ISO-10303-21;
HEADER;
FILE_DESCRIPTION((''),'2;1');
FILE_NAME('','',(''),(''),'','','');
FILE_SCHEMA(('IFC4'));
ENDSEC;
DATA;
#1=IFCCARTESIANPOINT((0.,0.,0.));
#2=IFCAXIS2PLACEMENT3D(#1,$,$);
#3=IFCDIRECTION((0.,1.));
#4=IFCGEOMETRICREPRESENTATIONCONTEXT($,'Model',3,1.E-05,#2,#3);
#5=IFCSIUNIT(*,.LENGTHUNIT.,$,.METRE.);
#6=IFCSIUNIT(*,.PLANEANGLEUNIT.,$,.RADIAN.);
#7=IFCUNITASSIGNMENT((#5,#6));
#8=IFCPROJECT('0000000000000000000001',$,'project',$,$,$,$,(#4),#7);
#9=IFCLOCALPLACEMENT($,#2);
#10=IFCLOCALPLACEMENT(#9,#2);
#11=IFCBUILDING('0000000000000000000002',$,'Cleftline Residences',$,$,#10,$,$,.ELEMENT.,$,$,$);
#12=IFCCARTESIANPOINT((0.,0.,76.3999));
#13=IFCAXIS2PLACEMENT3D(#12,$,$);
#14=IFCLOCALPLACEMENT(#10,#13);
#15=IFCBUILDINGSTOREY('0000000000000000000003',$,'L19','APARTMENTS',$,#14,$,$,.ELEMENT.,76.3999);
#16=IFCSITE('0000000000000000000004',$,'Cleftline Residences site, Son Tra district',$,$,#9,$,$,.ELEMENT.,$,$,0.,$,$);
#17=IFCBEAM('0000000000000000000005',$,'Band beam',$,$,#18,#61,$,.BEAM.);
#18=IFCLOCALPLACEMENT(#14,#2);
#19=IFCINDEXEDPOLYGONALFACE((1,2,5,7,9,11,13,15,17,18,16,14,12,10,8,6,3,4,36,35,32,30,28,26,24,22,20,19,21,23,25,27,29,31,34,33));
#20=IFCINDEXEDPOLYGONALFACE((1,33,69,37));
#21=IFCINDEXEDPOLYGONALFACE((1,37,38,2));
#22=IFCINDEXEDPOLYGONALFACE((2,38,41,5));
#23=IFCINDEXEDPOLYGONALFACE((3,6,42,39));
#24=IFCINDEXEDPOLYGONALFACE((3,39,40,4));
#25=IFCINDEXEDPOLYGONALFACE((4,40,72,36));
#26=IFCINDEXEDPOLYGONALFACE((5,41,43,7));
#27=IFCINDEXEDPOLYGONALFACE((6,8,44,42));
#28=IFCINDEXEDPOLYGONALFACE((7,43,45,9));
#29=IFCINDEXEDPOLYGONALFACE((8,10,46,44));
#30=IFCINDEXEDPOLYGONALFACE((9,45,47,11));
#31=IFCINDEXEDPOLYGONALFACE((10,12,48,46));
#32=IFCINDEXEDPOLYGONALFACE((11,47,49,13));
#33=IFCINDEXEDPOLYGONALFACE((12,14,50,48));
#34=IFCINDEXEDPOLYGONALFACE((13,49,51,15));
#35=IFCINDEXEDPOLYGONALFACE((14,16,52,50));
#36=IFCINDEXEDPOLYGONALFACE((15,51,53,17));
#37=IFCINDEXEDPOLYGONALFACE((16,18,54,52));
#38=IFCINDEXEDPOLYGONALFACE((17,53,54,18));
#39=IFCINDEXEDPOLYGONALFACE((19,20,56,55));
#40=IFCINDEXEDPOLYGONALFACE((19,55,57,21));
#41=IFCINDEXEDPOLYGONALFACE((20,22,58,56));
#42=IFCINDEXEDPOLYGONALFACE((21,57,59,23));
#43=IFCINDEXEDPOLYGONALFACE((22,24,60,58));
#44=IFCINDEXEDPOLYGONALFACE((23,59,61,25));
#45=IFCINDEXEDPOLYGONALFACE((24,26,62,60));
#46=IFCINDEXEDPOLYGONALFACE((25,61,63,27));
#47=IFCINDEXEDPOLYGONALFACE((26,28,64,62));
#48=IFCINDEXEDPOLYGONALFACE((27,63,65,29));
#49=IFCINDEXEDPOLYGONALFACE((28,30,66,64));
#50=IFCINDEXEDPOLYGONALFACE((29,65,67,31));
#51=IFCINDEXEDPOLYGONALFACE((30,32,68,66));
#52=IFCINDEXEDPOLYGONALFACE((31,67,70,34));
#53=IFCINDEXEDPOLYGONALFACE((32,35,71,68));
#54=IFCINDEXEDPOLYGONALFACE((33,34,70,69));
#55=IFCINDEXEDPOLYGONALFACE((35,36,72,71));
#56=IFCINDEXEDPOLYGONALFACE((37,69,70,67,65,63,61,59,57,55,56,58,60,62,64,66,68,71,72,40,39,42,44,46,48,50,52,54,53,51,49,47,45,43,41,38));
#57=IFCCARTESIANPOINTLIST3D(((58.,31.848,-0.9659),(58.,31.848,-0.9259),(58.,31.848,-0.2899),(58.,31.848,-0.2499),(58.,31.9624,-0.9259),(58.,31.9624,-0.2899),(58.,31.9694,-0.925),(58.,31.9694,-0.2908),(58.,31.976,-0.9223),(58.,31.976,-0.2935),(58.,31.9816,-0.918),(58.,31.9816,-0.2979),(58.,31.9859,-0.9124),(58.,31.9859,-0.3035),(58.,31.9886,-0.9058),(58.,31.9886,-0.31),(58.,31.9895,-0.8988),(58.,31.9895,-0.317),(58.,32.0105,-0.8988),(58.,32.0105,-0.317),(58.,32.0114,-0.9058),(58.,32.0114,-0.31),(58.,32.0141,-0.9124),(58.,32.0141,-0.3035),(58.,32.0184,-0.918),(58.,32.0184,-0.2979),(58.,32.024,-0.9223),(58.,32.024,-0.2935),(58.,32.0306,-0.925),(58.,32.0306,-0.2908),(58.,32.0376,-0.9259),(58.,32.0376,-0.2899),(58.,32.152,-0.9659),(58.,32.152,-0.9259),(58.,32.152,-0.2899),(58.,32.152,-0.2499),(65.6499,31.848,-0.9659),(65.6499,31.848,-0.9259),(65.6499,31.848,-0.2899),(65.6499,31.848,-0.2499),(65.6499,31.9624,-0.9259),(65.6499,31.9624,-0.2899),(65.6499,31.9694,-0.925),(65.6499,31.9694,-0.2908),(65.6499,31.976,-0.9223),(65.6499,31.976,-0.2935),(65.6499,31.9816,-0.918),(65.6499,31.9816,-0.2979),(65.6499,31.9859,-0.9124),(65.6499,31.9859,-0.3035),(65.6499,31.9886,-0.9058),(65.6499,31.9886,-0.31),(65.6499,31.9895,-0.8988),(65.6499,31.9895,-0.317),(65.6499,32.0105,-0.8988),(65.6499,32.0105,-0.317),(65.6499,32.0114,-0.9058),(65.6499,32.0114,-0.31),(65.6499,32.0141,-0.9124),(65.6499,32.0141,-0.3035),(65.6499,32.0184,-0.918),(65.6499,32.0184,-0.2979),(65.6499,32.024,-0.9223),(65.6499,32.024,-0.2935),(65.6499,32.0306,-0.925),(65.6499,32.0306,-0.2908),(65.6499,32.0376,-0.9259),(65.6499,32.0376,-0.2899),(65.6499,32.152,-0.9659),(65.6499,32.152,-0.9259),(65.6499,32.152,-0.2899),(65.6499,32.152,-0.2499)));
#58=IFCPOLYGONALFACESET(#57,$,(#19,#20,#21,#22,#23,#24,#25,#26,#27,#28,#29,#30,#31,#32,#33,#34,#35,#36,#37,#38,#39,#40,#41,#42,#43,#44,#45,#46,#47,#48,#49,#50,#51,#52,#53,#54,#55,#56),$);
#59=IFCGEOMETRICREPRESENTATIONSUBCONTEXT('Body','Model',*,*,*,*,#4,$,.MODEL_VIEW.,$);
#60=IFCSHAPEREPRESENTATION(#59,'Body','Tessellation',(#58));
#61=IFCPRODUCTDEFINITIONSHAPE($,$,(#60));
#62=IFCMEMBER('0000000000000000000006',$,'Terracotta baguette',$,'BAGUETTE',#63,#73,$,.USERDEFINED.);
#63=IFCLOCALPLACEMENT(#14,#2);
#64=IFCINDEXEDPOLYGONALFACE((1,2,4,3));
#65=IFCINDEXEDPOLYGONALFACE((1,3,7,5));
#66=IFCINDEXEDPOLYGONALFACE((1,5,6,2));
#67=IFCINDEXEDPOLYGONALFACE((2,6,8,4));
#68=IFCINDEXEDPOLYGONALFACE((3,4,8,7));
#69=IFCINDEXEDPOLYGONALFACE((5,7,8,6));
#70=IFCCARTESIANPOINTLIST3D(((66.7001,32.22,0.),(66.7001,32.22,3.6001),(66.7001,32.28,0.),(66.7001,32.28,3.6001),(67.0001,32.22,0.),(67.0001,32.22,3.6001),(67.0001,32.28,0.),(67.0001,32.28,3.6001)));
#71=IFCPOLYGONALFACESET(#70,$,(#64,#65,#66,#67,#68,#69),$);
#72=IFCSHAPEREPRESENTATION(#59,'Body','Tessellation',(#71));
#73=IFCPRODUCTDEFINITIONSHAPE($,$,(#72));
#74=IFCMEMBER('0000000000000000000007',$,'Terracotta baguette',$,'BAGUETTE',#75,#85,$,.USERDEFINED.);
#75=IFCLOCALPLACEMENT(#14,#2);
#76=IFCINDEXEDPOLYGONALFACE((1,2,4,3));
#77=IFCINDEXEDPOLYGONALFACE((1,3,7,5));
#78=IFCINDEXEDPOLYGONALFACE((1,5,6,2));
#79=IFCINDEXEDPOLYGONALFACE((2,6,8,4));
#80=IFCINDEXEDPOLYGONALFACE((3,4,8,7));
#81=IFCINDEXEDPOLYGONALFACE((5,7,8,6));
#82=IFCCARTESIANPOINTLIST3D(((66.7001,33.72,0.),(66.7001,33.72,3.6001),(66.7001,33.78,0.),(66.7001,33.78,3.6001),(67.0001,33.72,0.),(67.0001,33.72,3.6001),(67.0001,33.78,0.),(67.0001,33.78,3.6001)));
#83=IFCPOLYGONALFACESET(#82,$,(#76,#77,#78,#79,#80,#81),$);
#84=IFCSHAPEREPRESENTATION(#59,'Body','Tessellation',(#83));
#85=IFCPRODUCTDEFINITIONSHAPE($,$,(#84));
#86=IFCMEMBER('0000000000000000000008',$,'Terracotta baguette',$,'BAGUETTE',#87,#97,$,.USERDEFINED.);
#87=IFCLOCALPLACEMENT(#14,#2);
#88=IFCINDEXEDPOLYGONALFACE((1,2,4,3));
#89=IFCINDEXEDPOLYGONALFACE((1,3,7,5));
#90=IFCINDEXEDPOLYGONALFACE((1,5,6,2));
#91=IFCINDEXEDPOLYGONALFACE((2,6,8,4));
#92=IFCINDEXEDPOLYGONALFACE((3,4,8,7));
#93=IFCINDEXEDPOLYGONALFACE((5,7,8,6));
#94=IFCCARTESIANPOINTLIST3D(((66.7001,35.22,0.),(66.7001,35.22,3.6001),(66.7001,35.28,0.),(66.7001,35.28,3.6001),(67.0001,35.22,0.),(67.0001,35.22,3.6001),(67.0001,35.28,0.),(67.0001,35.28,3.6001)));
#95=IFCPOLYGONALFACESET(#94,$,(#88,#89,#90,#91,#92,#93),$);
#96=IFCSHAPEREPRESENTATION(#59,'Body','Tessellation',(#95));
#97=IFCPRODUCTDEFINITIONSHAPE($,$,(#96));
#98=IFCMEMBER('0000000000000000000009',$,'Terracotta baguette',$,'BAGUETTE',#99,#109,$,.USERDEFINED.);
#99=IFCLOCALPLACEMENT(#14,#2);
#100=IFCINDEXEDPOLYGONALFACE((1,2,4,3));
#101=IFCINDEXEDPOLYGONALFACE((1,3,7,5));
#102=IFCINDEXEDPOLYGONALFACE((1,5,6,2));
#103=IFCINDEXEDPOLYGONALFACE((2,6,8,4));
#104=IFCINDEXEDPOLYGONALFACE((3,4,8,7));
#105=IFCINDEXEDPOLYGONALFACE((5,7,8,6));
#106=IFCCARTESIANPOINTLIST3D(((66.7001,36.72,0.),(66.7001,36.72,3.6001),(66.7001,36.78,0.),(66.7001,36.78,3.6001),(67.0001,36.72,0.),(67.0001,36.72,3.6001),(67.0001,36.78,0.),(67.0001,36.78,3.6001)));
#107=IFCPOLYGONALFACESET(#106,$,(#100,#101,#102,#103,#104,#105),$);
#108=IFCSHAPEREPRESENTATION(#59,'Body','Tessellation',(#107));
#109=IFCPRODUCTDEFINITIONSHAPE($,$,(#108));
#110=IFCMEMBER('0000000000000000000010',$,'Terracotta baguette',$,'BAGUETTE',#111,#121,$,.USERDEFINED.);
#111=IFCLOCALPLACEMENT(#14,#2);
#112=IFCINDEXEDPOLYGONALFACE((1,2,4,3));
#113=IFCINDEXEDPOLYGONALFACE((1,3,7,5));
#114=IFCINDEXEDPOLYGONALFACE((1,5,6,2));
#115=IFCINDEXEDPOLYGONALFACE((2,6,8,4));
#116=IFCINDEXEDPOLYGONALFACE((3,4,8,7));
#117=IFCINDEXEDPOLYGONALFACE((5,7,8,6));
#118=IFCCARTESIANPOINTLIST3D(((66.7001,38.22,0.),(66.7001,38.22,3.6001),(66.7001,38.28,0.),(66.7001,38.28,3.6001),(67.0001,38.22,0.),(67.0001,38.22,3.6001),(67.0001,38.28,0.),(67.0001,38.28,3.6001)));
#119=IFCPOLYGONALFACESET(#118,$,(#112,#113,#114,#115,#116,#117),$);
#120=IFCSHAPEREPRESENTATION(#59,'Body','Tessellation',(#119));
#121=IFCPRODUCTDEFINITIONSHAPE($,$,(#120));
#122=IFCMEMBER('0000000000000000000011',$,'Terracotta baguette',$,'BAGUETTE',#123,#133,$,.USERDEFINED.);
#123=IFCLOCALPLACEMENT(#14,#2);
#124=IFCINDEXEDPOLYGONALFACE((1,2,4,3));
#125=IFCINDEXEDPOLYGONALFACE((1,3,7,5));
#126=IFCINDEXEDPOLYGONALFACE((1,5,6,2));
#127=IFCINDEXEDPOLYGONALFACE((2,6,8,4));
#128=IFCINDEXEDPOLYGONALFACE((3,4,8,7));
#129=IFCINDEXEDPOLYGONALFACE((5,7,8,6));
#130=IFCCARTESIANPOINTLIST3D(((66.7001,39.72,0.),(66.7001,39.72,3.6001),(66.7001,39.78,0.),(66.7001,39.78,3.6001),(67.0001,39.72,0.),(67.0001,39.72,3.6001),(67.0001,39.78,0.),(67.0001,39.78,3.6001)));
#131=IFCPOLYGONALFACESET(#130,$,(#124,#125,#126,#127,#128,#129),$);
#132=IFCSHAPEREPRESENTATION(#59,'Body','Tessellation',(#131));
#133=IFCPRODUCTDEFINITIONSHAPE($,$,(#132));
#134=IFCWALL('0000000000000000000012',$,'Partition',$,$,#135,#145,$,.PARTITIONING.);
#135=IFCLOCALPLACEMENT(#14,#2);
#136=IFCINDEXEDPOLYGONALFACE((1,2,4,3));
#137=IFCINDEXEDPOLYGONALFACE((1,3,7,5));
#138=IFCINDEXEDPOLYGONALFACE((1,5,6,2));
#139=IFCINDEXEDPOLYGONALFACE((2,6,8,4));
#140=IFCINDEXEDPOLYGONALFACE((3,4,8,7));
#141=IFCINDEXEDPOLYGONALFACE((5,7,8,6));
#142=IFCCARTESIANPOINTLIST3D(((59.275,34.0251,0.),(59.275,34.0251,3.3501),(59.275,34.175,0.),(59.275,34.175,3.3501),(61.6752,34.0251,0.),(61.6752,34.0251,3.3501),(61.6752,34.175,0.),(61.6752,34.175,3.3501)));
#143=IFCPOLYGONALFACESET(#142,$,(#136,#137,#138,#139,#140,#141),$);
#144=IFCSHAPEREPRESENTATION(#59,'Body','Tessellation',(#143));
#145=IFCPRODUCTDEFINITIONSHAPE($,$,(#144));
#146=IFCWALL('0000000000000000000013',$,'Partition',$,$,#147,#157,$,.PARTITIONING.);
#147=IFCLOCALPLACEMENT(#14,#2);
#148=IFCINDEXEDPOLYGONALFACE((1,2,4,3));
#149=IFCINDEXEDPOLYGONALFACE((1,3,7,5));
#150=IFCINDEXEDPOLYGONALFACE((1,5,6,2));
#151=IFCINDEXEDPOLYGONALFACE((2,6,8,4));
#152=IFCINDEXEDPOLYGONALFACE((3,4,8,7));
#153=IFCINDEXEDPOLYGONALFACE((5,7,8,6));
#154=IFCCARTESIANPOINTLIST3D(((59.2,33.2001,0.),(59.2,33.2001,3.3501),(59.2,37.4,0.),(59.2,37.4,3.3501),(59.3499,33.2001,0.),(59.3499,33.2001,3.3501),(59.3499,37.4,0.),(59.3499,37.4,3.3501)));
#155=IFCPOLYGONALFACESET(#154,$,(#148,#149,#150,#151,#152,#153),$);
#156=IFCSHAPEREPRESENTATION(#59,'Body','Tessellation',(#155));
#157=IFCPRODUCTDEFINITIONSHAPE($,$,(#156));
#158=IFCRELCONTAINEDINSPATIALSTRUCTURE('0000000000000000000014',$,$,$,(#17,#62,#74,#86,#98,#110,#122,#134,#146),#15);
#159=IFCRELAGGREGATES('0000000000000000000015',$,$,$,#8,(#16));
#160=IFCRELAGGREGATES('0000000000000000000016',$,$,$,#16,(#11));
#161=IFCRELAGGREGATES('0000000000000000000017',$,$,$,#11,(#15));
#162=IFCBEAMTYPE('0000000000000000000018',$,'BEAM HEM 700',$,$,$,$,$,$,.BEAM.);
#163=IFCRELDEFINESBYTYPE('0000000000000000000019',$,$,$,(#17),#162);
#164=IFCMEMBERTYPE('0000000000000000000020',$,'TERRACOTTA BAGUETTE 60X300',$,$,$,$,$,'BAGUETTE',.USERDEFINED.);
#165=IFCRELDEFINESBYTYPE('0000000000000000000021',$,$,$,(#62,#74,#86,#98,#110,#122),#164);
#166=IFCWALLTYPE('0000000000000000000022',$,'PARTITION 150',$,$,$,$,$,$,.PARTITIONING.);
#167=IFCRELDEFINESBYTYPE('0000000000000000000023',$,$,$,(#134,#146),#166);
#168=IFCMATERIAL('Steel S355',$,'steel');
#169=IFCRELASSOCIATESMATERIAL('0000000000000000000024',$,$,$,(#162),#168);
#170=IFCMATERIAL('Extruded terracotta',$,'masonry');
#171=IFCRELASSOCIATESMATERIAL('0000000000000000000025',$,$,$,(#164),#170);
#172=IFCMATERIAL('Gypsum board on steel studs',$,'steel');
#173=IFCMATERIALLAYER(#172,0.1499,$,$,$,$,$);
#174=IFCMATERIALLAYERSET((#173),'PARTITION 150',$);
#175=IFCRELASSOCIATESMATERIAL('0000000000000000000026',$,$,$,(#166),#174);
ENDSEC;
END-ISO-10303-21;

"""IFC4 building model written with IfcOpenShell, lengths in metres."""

from ifc_helpers import new_model, si_unit, direction, frame, frame_2d, origin, origin_2d, place, context, subcontext, project, spatial, rectangle, i_section, extrude, material, layer, layer_set, material_profile, profile_set, type_object, element, save


model = new_model("IFC4")

# Units and contexts
model_context = context("Model", 3, precision=1e-05, world=origin(), true_north=direction((0.0, 1.0)))
body_context = subcontext(model_context, "Body", "Model", "MODEL_VIEW")
ifc_project = project(units=[si_unit("LENGTHUNIT", "METRE"), si_unit("PLANEANGLEUNIT", "RADIAN")], contexts=[model_context])

# Site, building, storey
site_placement = place(None, origin())
site = spatial("IfcSite", under=ifc_project, at=site_placement, Name="Cleftline Residences site, Son Tra district", CompositionType="ELEMENT", RefElevation=0.0)
building_placement = place(site_placement, origin())
building = spatial("IfcBuilding", under=site, at=building_placement, Name="Cleftline Residences", CompositionType="ELEMENT")
storey_placement = place(building_placement, frame((0.0, 0.0, 76.3999)))
storey = spatial("IfcBuildingStorey", under=building, at=storey_placement, Name="L19", Description="APARTMENTS", CompositionType="ELEMENT", Elevation=76.3999)

# Beam
ifc_material_1 = material(Name="Steel S355", Category="steel")
ifc_material_profile_1 = material_profile(ifc_material_1, i_section(OverallWidth=0.304, OverallDepth=0.7161, WebThickness=0.021, FlangeThickness=0.04, FilletRadius=0.0271, at=origin_2d()))
ifc_profile_set_1 = profile_set([ifc_material_profile_1], Name="Steel S355")
beam_type = type_object("IfcBeamType", Name="BEAM HEM 700", PredefinedType="BEAM", material=ifc_profile_set_1)
beam_placement = place(storey_placement, frame((65.6499, 32.0, -0.6079), z_axis=(-1.0, 0.0, 0.0), x_axis=(0.0, -1.0, 0.0)))
element("IfcBeam", 1, at=beam_placement, inside=storey, type_object=beam_type, Name="Band beam", PredefinedType="BEAM", context=body_context, shape_type="SweptSolid", body=[
    extrude(i_section(OverallWidth=0.304, OverallDepth=0.7161, WebThickness=0.021, FlangeThickness=0.04, FilletRadius=0.0271, at=origin_2d()), origin(), (0.0, 0.0, 1.0), 7.6499),
])

# Members
ifc_material_2 = material(Name="Extruded terracotta", Category="masonry")
ifc_material_profile_2 = material_profile(ifc_material_2, rectangle(XDim=0.0601, YDim=0.3, at=origin_2d()))
ifc_profile_set_2 = profile_set([ifc_material_profile_2], Name="Extruded terracotta")
member_type_1 = type_object("IfcMemberType", Name="TERRACOTTA BAGUETTE 60X300", ElementType="BAGUETTE", PredefinedType="USERDEFINED", material=ifc_profile_set_2)
for number, where, z_axis, x_axis, name in (
    (2, (66.8501, 32.25, 0.0), (0.0, 0.0, 1.0), (0.0, 1.0, 0.0), "Terracotta baguette"),
    (3, (66.8501, 33.75, 0.0), (0.0, 0.0, 1.0), (0.0, 1.0, 0.0), "Terracotta baguette"),
    (4, (66.8501, 35.25, 0.0), (0.0, 0.0, 1.0), (0.0, 1.0, 0.0), "Terracotta baguette"),
    (5, (66.8501, 36.75, 0.0), (0.0, 0.0, 1.0), (0.0, 1.0, 0.0), "Terracotta baguette"),
    (6, (66.8501, 38.25, 0.0), (0.0, 0.0, 1.0), (0.0, 1.0, 0.0), "Terracotta baguette"),
    (7, (66.8501, 39.75, 0.0), (0.0, 0.0, 1.0), (0.0, 1.0, 0.0), "Terracotta baguette"),
):
    element("IfcMember", number, at=place(storey_placement, frame(where, z_axis=z_axis, x_axis=x_axis)), inside=storey, type_object=member_type_1, Name=name, ObjectType="BAGUETTE", PredefinedType="USERDEFINED", context=body_context, shape_type="SweptSolid", body=[
        extrude(rectangle(XDim=0.0601, YDim=0.3, at=origin_2d()), origin(), (0.0, 0.0, 1.0), 3.6001),
    ])

# Walls
ifc_material_3 = material(Name="Gypsum board on steel studs", Category="steel")
ifc_layer = layer(ifc_material_3, 0.1499)
ifc_layer_set = layer_set([ifc_layer], Name="PARTITION 150")
wall_type = type_object("IfcWallType", Name="PARTITION 150", PredefinedType="PARTITIONING", material=ifc_layer_set)
wall_1_placement = place(storey_placement, frame((59.2749, 34.1001, 0.0), z_axis=(0.0, 0.0, 1.0), x_axis=(1.0, 0.0, 0.0)))
element("IfcWall", 8, at=wall_1_placement, inside=storey, type_object=wall_type, Name="Partition", PredefinedType="PARTITIONING", context=body_context, shape_type="SweptSolid", body=[
    extrude(rectangle(XDim=2.4001, YDim=0.1499, at=frame_2d((1.2002, 0.0))), origin(), (0.0, 0.0, 1.0), 3.3501),
])
wall_2_placement = place(storey_placement, frame((59.2749, 33.2, 0.0), z_axis=(0.0, 0.0, 1.0), x_axis=(0.0, 1.0, 0.0)))
element("IfcWall", 9, at=wall_2_placement, inside=storey, type_object=wall_type, Name="Partition", PredefinedType="PARTITIONING", context=body_context, shape_type="SweptSolid", body=[
    extrude(rectangle(XDim=4.2, YDim=0.1499, at=frame_2d((2.1001, 0.0))), origin(), (0.0, 0.0, 1.0), 3.3501),
])

save(model, "model.ifc")
